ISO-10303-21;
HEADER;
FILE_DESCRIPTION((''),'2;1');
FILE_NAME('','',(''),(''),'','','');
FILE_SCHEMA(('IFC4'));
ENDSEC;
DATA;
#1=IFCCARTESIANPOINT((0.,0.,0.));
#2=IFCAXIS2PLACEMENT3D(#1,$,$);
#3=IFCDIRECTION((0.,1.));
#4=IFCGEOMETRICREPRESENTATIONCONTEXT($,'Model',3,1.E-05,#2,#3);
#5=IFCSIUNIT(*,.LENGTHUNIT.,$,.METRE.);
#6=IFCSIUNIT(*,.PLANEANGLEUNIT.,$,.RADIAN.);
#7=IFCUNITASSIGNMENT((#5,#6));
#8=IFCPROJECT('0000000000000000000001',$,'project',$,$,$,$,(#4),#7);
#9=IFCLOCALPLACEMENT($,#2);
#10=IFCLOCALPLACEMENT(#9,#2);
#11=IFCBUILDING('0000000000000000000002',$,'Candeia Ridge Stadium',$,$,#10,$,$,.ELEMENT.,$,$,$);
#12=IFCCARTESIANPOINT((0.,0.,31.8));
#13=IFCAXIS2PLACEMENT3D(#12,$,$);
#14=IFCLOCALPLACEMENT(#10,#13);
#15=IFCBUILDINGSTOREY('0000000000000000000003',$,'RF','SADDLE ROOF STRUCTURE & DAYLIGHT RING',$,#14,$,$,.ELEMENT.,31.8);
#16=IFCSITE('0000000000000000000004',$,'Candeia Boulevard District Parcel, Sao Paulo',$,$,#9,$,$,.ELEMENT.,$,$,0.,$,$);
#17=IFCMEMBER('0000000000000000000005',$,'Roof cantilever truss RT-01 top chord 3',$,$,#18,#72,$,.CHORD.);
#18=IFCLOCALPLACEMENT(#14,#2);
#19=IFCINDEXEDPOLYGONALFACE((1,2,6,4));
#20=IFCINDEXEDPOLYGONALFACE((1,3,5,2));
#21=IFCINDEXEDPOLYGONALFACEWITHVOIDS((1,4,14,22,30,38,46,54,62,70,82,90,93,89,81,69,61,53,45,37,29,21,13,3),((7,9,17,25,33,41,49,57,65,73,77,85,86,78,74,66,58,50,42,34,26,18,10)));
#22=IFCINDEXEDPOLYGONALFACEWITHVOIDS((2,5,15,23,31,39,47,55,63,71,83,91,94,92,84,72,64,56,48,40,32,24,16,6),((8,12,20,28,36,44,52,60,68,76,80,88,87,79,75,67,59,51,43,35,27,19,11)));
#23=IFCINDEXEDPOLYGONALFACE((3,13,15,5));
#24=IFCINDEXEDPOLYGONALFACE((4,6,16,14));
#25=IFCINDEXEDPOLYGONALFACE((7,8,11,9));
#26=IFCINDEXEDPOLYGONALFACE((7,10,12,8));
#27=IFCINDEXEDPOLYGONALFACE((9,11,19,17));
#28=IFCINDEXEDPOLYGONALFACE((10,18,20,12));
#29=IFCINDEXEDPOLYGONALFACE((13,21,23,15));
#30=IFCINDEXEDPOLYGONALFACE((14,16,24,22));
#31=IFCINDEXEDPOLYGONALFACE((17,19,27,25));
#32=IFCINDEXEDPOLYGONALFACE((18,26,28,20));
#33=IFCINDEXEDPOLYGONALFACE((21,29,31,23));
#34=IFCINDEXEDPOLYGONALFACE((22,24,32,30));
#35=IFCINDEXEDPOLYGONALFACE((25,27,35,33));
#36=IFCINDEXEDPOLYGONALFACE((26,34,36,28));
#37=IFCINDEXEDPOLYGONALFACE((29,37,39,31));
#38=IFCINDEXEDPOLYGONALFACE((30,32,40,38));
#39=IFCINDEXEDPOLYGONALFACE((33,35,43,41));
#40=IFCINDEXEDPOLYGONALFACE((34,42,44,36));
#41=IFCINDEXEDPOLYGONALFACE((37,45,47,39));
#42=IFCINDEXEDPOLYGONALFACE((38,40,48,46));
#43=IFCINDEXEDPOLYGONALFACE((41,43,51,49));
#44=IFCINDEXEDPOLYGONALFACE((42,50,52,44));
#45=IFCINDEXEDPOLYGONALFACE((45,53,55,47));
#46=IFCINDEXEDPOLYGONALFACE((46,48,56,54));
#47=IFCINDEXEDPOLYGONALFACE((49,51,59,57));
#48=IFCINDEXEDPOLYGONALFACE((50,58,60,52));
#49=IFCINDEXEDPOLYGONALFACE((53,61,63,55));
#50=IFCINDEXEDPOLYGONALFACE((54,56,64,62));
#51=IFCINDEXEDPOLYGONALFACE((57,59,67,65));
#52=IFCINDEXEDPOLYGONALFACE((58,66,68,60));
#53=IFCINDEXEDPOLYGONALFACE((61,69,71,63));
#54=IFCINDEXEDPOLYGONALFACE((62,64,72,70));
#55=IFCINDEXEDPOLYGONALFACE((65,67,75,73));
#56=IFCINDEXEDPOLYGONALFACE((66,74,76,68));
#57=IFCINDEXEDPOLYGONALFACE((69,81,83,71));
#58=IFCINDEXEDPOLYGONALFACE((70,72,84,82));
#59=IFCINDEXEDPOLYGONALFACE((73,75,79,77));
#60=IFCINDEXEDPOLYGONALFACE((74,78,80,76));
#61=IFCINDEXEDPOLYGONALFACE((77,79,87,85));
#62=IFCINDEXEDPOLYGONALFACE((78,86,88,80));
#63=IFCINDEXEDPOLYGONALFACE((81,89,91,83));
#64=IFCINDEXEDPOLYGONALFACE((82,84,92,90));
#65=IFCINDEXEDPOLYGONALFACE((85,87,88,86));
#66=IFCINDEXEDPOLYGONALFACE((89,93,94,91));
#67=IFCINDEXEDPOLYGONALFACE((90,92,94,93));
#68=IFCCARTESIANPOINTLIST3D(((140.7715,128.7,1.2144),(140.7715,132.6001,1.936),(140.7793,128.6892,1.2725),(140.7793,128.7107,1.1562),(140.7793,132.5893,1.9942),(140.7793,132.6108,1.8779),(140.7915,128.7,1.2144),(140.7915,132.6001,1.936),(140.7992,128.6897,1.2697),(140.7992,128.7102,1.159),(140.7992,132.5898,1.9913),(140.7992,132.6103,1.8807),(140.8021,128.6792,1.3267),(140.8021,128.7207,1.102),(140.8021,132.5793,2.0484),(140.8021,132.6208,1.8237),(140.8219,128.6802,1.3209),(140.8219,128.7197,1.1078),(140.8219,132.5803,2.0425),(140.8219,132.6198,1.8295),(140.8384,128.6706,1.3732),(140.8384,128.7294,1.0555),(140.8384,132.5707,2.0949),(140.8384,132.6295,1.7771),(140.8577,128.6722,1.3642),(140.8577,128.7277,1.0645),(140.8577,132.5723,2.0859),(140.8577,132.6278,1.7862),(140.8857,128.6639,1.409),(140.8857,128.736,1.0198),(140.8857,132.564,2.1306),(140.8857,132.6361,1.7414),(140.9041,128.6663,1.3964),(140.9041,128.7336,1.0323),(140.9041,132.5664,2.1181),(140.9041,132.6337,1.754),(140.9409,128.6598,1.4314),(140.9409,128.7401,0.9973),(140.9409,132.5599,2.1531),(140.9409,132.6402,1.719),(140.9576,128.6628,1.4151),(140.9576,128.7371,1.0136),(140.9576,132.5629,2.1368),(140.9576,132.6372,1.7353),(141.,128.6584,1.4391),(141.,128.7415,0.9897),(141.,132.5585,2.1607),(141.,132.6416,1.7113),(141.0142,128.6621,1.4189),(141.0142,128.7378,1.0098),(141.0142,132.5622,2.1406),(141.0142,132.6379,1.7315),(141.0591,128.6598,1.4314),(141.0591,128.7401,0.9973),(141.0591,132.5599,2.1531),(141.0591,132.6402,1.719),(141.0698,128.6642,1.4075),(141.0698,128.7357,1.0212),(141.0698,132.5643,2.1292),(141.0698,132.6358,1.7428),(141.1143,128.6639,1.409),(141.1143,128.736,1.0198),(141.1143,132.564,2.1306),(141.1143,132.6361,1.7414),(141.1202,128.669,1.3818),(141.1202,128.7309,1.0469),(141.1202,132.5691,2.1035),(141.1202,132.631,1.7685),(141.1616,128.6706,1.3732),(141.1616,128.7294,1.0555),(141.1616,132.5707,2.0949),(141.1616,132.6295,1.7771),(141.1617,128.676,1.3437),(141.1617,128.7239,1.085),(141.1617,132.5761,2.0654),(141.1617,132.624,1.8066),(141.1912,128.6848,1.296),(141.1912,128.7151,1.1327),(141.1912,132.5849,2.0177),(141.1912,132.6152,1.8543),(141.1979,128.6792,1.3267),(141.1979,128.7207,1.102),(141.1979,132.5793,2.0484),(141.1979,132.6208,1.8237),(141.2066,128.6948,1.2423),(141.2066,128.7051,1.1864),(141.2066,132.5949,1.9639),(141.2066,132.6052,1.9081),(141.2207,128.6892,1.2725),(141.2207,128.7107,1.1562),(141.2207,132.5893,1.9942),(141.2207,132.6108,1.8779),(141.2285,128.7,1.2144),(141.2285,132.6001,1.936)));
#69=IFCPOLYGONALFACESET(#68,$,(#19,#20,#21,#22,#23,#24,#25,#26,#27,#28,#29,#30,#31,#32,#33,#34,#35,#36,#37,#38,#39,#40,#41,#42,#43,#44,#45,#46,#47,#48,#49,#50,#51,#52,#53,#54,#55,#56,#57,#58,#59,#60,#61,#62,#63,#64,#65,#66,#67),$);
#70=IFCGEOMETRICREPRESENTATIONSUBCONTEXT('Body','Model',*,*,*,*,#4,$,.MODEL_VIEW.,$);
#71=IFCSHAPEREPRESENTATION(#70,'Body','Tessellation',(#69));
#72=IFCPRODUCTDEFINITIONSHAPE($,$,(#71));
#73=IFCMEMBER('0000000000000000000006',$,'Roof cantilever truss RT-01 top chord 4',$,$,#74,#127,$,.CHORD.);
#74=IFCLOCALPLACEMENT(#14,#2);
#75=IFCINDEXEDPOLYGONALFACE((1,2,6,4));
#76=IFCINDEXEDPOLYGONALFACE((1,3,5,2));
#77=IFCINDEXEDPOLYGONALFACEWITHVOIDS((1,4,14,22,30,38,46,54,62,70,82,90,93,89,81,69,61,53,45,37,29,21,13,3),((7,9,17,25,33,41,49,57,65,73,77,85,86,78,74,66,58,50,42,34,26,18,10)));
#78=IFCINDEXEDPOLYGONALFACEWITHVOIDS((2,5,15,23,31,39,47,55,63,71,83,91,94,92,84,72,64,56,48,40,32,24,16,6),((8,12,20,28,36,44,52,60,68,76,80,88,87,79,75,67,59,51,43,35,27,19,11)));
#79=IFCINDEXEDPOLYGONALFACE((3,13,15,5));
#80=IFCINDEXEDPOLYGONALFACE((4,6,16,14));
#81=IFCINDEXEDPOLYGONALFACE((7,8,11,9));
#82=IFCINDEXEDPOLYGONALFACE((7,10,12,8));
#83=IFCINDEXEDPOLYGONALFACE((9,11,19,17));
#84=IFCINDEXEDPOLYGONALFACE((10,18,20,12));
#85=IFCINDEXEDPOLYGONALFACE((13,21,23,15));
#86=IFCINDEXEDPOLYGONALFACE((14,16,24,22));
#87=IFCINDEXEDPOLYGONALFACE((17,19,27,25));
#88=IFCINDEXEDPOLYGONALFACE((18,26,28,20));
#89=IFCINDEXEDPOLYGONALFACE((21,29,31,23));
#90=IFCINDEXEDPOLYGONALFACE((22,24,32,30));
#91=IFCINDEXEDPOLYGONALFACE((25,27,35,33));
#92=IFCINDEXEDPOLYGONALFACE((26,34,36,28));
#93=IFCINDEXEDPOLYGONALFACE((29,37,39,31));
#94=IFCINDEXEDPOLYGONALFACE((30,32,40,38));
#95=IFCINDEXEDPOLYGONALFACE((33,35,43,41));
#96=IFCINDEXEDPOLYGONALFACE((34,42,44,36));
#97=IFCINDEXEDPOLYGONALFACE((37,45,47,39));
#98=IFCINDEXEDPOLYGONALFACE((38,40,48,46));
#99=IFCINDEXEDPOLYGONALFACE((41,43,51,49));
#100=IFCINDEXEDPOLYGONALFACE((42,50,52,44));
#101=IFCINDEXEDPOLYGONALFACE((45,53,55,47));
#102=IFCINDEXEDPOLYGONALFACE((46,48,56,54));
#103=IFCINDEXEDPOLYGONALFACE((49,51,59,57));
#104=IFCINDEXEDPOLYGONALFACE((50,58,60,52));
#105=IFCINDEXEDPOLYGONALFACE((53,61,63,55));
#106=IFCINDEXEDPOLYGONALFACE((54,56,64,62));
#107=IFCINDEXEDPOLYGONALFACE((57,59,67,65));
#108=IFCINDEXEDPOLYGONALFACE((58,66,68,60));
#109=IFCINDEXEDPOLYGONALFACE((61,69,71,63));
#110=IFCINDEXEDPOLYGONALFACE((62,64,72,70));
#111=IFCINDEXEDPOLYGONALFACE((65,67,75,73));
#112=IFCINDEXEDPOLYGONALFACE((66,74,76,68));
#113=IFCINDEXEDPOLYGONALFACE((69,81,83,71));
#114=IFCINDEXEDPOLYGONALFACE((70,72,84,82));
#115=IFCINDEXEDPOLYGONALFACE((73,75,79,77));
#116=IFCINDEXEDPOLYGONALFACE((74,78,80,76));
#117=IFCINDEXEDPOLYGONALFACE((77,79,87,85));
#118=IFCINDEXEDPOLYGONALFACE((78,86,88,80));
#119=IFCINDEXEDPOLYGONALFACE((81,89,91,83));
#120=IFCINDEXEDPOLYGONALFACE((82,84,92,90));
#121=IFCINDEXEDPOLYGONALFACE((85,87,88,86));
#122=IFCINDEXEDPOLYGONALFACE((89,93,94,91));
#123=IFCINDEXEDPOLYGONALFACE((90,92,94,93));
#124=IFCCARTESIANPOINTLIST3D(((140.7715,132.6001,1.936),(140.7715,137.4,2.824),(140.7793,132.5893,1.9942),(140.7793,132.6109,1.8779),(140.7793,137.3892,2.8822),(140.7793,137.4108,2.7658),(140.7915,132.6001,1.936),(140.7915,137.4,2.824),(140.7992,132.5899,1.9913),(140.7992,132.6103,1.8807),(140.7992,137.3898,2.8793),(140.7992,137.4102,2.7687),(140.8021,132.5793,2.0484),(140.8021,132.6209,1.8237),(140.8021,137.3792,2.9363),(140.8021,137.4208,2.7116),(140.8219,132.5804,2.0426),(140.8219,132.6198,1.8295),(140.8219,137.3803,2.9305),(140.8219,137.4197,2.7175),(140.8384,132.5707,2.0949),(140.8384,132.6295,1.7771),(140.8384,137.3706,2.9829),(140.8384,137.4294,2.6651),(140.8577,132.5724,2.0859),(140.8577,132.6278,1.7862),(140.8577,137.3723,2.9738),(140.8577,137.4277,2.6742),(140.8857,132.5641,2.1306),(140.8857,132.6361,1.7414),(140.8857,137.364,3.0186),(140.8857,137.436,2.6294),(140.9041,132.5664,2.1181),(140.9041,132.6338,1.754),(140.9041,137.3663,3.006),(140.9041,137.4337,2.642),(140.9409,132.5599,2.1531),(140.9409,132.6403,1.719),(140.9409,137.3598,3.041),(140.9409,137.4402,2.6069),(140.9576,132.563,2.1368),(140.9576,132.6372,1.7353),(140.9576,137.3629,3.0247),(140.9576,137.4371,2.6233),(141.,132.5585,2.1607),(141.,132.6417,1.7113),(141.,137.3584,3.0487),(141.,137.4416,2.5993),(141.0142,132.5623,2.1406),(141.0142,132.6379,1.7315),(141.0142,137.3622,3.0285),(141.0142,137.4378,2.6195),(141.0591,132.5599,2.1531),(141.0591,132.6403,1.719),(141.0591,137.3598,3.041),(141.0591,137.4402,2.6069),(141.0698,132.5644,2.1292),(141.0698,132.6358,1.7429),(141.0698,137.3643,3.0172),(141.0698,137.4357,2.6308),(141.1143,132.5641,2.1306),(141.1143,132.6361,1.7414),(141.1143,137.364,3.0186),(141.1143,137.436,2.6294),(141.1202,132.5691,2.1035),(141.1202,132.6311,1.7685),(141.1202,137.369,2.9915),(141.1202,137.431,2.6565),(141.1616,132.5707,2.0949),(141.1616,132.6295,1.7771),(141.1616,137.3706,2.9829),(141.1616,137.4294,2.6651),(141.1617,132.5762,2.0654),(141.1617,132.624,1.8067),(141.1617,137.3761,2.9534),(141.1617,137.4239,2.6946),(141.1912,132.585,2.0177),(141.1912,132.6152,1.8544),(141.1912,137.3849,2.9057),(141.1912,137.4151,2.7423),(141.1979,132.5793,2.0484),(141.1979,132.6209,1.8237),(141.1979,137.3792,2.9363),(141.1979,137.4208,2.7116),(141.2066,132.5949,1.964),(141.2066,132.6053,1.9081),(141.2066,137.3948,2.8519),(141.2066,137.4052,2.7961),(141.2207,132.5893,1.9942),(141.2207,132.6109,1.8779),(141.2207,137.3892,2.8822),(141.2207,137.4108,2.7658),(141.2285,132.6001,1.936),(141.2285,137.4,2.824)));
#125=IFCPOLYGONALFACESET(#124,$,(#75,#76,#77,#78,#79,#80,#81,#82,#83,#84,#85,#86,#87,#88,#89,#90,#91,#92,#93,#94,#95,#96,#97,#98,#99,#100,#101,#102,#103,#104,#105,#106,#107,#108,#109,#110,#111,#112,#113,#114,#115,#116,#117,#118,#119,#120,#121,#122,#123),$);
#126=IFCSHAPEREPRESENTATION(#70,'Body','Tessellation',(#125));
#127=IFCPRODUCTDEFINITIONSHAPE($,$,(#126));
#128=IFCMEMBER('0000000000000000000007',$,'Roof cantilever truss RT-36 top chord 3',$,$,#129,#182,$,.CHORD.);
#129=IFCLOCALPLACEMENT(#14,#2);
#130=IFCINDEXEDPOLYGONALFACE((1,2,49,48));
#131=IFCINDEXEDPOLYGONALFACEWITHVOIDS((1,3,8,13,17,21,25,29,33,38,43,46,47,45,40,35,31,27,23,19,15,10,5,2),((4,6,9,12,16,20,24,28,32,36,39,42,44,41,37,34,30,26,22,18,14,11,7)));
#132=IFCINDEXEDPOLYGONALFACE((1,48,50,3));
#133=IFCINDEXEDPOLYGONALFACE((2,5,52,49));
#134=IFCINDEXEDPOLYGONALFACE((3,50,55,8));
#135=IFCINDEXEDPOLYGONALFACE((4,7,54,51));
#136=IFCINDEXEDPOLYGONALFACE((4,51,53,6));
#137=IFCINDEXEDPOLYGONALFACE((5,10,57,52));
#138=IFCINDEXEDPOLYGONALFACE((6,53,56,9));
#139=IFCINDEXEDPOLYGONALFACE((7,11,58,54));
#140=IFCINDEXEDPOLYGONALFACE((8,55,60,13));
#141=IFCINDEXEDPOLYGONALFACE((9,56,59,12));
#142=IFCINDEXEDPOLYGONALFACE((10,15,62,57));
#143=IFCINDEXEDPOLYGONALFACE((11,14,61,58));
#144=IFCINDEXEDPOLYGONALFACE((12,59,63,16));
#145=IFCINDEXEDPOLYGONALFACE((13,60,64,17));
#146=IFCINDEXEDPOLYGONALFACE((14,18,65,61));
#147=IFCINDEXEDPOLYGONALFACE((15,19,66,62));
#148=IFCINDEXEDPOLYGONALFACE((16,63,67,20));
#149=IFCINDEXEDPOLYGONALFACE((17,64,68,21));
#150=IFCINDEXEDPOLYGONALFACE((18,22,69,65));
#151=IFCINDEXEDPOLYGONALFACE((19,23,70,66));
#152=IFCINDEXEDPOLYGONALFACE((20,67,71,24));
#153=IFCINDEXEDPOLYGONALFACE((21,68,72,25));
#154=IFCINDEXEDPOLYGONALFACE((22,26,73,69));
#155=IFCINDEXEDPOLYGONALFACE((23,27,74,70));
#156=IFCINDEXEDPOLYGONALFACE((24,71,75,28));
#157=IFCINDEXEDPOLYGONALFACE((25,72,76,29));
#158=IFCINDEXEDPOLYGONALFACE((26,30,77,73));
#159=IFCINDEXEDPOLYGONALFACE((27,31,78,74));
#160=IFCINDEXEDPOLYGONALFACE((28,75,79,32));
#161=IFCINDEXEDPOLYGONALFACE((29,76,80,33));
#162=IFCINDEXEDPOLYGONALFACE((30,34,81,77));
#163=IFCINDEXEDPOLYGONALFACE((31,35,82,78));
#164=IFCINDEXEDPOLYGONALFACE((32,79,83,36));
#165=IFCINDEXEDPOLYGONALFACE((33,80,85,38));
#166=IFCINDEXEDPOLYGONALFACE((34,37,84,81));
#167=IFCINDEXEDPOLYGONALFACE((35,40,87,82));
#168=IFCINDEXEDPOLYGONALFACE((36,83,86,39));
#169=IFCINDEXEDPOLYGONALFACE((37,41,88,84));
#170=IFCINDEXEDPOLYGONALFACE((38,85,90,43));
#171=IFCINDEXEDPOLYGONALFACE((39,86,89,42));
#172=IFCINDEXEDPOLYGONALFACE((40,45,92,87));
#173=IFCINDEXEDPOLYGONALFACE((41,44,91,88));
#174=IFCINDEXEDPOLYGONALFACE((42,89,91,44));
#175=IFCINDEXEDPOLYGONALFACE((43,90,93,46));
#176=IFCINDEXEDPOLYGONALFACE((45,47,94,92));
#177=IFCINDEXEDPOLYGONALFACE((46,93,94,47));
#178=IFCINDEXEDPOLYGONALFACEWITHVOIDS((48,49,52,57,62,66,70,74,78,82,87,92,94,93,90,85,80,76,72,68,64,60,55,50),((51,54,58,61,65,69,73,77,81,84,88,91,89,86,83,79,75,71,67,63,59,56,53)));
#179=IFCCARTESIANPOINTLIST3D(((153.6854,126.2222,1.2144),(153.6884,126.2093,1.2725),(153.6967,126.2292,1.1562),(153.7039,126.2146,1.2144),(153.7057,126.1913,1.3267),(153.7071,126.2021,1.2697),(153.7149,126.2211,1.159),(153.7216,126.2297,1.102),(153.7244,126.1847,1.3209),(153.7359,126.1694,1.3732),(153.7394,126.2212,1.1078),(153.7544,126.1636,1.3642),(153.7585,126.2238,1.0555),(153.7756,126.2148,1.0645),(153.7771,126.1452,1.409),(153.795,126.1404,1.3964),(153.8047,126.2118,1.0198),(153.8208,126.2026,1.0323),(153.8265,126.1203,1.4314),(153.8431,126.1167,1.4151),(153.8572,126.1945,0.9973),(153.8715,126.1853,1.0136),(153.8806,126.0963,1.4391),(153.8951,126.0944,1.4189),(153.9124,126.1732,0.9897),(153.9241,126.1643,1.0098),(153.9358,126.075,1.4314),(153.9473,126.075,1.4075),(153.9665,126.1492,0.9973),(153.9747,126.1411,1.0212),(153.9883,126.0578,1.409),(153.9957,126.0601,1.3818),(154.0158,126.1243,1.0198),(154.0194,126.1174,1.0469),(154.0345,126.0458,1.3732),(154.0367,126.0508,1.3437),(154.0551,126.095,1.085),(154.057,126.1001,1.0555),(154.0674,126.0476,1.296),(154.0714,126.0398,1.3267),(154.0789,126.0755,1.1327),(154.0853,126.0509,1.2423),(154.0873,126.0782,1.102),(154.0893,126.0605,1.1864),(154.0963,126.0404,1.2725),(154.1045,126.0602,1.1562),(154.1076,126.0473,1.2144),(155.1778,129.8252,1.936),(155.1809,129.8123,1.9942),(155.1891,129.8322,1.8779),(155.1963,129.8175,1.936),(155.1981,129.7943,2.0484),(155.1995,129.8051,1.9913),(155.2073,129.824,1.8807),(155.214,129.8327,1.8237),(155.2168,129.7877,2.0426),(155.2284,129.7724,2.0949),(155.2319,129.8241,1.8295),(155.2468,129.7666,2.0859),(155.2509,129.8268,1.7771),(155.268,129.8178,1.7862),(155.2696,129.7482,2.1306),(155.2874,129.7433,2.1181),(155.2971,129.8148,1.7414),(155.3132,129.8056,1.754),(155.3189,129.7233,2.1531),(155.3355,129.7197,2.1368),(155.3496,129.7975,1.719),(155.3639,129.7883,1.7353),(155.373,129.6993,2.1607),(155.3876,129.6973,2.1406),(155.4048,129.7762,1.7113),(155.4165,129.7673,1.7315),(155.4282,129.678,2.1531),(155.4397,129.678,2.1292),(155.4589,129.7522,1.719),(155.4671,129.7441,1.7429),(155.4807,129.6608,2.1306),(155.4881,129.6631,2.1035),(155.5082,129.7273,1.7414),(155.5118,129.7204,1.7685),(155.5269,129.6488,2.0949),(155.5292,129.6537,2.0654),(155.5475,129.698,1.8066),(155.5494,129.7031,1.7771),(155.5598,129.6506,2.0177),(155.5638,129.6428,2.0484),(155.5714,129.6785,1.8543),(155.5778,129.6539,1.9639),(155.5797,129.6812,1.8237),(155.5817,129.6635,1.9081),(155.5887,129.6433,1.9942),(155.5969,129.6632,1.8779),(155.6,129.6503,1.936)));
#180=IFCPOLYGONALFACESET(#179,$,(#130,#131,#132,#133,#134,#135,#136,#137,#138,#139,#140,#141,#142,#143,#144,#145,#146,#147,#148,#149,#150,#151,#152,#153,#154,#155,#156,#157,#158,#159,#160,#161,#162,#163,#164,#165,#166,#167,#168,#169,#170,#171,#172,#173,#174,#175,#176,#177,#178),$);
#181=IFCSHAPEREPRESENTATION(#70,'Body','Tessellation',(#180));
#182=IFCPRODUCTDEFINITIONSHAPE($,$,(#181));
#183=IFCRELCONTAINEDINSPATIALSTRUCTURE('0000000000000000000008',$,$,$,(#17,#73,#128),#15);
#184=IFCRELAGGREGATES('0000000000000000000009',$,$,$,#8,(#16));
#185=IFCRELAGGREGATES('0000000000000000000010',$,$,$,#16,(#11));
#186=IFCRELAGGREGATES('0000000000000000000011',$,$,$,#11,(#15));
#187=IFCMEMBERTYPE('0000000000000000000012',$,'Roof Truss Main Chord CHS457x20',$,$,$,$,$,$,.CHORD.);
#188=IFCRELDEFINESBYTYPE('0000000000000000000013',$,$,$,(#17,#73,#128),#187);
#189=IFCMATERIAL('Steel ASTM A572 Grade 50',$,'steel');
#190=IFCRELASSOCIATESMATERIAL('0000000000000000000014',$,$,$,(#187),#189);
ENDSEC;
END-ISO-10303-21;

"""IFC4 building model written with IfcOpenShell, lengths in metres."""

from ifc_helpers import new_model, si_unit, direction, frame, origin, origin_2d, place, context, subcontext, project, spatial, hollow_circle, extrude, material, material_profile, profile_set, type_object, element, save


model = new_model("IFC4")

# Units and contexts
model_context = context("Model", 3, precision=1e-05, world=origin(), true_north=direction((0.0, 1.0)))
body_context = subcontext(model_context, "Body", "Model", "MODEL_VIEW")
ifc_project = project(units=[si_unit("LENGTHUNIT", "METRE"), si_unit("PLANEANGLEUNIT", "RADIAN")], contexts=[model_context])

# Site, building, storey
site_placement = place(None, origin())
site = spatial("IfcSite", under=ifc_project, at=site_placement, Name="Candeia Boulevard District Parcel, Sao Paulo", CompositionType="ELEMENT", RefElevation=0.0)
building_placement = place(site_placement, origin())
building = spatial("IfcBuilding", under=site, at=building_placement, Name="Candeia Ridge Stadium", CompositionType="ELEMENT")
storey_placement = place(building_placement, frame((0.0, 0.0, 31.8)))
storey = spatial("IfcBuildingStorey", under=building, at=storey_placement, Name="RF", Description="SADDLE ROOF STRUCTURE & DAYLIGHT RING", CompositionType="ELEMENT", Elevation=31.8)

# Shared definitions
ifc_material_1 = material(Name="Steel ASTM A572 Grade 50", Category="steel")

# Members
ifc_material_profile_1 = material_profile(ifc_material_1, hollow_circle(Radius=0.2285, WallThickness=0.02, at=origin_2d()), Name="CHS457x20", Category="steel")
ifc_profile_set_1 = profile_set([ifc_material_profile_1], Name="Steel ASTM A572 Grade 50")
member_type_1 = type_object("IfcMemberType", Name="Roof Truss Main Chord CHS457x20", PredefinedType="CHORD", material=ifc_profile_set_1)
member_1_placement = place(storey_placement, frame((141.0, 128.7, 1.2144), z_axis=(0.0, 0.983308, 0.18195), x_axis=(-1.0, 0.0, 0.0)))
element("IfcMember", 1, at=member_1_placement, inside=storey, type_object=member_type_1, Name="Roof cantilever truss RT-01 top chord 3", PredefinedType="CHORD", context=body_context, shape_type="SweptSolid", body=[
    extrude(hollow_circle(Radius=0.2285, WallThickness=0.02, at=origin_2d()), origin(), (0.0, 0.0, 1.0), 3.9663),
])
member_2_placement = place(storey_placement, frame((141.0, 132.6001, 1.936), z_axis=(0.0, 0.983315, 0.181908), x_axis=(-1.0, 0.0, 0.0)))
element("IfcMember", 2, at=member_2_placement, inside=storey, type_object=member_type_1, Name="Roof cantilever truss RT-01 top chord 4", PredefinedType="CHORD", context=body_context, shape_type="SweptSolid", body=[
    extrude(hollow_circle(Radius=0.2285, WallThickness=0.02, at=origin_2d()), origin(), (0.0, 0.0, 1.0), 4.8813),
])
member_3_placement = place(storey_placement, frame((153.8965, 126.1348, 1.2144), z_axis=(0.376297, 0.908455, 0.181962), x_axis=(-0.923879, 0.382685, 0.0)))
element("IfcMember", 3, at=member_3_placement, inside=storey, type_object=member_type_1, Name="Roof cantilever truss RT-36 top chord 3", PredefinedType="CHORD", context=body_context, shape_type="SweptSolid", body=[
    extrude(hollow_circle(Radius=0.2285, WallThickness=0.02, at=origin_2d()), origin(), (0.0, 0.0, 1.0), 3.9661),
])

save(model, "model.ifc")
